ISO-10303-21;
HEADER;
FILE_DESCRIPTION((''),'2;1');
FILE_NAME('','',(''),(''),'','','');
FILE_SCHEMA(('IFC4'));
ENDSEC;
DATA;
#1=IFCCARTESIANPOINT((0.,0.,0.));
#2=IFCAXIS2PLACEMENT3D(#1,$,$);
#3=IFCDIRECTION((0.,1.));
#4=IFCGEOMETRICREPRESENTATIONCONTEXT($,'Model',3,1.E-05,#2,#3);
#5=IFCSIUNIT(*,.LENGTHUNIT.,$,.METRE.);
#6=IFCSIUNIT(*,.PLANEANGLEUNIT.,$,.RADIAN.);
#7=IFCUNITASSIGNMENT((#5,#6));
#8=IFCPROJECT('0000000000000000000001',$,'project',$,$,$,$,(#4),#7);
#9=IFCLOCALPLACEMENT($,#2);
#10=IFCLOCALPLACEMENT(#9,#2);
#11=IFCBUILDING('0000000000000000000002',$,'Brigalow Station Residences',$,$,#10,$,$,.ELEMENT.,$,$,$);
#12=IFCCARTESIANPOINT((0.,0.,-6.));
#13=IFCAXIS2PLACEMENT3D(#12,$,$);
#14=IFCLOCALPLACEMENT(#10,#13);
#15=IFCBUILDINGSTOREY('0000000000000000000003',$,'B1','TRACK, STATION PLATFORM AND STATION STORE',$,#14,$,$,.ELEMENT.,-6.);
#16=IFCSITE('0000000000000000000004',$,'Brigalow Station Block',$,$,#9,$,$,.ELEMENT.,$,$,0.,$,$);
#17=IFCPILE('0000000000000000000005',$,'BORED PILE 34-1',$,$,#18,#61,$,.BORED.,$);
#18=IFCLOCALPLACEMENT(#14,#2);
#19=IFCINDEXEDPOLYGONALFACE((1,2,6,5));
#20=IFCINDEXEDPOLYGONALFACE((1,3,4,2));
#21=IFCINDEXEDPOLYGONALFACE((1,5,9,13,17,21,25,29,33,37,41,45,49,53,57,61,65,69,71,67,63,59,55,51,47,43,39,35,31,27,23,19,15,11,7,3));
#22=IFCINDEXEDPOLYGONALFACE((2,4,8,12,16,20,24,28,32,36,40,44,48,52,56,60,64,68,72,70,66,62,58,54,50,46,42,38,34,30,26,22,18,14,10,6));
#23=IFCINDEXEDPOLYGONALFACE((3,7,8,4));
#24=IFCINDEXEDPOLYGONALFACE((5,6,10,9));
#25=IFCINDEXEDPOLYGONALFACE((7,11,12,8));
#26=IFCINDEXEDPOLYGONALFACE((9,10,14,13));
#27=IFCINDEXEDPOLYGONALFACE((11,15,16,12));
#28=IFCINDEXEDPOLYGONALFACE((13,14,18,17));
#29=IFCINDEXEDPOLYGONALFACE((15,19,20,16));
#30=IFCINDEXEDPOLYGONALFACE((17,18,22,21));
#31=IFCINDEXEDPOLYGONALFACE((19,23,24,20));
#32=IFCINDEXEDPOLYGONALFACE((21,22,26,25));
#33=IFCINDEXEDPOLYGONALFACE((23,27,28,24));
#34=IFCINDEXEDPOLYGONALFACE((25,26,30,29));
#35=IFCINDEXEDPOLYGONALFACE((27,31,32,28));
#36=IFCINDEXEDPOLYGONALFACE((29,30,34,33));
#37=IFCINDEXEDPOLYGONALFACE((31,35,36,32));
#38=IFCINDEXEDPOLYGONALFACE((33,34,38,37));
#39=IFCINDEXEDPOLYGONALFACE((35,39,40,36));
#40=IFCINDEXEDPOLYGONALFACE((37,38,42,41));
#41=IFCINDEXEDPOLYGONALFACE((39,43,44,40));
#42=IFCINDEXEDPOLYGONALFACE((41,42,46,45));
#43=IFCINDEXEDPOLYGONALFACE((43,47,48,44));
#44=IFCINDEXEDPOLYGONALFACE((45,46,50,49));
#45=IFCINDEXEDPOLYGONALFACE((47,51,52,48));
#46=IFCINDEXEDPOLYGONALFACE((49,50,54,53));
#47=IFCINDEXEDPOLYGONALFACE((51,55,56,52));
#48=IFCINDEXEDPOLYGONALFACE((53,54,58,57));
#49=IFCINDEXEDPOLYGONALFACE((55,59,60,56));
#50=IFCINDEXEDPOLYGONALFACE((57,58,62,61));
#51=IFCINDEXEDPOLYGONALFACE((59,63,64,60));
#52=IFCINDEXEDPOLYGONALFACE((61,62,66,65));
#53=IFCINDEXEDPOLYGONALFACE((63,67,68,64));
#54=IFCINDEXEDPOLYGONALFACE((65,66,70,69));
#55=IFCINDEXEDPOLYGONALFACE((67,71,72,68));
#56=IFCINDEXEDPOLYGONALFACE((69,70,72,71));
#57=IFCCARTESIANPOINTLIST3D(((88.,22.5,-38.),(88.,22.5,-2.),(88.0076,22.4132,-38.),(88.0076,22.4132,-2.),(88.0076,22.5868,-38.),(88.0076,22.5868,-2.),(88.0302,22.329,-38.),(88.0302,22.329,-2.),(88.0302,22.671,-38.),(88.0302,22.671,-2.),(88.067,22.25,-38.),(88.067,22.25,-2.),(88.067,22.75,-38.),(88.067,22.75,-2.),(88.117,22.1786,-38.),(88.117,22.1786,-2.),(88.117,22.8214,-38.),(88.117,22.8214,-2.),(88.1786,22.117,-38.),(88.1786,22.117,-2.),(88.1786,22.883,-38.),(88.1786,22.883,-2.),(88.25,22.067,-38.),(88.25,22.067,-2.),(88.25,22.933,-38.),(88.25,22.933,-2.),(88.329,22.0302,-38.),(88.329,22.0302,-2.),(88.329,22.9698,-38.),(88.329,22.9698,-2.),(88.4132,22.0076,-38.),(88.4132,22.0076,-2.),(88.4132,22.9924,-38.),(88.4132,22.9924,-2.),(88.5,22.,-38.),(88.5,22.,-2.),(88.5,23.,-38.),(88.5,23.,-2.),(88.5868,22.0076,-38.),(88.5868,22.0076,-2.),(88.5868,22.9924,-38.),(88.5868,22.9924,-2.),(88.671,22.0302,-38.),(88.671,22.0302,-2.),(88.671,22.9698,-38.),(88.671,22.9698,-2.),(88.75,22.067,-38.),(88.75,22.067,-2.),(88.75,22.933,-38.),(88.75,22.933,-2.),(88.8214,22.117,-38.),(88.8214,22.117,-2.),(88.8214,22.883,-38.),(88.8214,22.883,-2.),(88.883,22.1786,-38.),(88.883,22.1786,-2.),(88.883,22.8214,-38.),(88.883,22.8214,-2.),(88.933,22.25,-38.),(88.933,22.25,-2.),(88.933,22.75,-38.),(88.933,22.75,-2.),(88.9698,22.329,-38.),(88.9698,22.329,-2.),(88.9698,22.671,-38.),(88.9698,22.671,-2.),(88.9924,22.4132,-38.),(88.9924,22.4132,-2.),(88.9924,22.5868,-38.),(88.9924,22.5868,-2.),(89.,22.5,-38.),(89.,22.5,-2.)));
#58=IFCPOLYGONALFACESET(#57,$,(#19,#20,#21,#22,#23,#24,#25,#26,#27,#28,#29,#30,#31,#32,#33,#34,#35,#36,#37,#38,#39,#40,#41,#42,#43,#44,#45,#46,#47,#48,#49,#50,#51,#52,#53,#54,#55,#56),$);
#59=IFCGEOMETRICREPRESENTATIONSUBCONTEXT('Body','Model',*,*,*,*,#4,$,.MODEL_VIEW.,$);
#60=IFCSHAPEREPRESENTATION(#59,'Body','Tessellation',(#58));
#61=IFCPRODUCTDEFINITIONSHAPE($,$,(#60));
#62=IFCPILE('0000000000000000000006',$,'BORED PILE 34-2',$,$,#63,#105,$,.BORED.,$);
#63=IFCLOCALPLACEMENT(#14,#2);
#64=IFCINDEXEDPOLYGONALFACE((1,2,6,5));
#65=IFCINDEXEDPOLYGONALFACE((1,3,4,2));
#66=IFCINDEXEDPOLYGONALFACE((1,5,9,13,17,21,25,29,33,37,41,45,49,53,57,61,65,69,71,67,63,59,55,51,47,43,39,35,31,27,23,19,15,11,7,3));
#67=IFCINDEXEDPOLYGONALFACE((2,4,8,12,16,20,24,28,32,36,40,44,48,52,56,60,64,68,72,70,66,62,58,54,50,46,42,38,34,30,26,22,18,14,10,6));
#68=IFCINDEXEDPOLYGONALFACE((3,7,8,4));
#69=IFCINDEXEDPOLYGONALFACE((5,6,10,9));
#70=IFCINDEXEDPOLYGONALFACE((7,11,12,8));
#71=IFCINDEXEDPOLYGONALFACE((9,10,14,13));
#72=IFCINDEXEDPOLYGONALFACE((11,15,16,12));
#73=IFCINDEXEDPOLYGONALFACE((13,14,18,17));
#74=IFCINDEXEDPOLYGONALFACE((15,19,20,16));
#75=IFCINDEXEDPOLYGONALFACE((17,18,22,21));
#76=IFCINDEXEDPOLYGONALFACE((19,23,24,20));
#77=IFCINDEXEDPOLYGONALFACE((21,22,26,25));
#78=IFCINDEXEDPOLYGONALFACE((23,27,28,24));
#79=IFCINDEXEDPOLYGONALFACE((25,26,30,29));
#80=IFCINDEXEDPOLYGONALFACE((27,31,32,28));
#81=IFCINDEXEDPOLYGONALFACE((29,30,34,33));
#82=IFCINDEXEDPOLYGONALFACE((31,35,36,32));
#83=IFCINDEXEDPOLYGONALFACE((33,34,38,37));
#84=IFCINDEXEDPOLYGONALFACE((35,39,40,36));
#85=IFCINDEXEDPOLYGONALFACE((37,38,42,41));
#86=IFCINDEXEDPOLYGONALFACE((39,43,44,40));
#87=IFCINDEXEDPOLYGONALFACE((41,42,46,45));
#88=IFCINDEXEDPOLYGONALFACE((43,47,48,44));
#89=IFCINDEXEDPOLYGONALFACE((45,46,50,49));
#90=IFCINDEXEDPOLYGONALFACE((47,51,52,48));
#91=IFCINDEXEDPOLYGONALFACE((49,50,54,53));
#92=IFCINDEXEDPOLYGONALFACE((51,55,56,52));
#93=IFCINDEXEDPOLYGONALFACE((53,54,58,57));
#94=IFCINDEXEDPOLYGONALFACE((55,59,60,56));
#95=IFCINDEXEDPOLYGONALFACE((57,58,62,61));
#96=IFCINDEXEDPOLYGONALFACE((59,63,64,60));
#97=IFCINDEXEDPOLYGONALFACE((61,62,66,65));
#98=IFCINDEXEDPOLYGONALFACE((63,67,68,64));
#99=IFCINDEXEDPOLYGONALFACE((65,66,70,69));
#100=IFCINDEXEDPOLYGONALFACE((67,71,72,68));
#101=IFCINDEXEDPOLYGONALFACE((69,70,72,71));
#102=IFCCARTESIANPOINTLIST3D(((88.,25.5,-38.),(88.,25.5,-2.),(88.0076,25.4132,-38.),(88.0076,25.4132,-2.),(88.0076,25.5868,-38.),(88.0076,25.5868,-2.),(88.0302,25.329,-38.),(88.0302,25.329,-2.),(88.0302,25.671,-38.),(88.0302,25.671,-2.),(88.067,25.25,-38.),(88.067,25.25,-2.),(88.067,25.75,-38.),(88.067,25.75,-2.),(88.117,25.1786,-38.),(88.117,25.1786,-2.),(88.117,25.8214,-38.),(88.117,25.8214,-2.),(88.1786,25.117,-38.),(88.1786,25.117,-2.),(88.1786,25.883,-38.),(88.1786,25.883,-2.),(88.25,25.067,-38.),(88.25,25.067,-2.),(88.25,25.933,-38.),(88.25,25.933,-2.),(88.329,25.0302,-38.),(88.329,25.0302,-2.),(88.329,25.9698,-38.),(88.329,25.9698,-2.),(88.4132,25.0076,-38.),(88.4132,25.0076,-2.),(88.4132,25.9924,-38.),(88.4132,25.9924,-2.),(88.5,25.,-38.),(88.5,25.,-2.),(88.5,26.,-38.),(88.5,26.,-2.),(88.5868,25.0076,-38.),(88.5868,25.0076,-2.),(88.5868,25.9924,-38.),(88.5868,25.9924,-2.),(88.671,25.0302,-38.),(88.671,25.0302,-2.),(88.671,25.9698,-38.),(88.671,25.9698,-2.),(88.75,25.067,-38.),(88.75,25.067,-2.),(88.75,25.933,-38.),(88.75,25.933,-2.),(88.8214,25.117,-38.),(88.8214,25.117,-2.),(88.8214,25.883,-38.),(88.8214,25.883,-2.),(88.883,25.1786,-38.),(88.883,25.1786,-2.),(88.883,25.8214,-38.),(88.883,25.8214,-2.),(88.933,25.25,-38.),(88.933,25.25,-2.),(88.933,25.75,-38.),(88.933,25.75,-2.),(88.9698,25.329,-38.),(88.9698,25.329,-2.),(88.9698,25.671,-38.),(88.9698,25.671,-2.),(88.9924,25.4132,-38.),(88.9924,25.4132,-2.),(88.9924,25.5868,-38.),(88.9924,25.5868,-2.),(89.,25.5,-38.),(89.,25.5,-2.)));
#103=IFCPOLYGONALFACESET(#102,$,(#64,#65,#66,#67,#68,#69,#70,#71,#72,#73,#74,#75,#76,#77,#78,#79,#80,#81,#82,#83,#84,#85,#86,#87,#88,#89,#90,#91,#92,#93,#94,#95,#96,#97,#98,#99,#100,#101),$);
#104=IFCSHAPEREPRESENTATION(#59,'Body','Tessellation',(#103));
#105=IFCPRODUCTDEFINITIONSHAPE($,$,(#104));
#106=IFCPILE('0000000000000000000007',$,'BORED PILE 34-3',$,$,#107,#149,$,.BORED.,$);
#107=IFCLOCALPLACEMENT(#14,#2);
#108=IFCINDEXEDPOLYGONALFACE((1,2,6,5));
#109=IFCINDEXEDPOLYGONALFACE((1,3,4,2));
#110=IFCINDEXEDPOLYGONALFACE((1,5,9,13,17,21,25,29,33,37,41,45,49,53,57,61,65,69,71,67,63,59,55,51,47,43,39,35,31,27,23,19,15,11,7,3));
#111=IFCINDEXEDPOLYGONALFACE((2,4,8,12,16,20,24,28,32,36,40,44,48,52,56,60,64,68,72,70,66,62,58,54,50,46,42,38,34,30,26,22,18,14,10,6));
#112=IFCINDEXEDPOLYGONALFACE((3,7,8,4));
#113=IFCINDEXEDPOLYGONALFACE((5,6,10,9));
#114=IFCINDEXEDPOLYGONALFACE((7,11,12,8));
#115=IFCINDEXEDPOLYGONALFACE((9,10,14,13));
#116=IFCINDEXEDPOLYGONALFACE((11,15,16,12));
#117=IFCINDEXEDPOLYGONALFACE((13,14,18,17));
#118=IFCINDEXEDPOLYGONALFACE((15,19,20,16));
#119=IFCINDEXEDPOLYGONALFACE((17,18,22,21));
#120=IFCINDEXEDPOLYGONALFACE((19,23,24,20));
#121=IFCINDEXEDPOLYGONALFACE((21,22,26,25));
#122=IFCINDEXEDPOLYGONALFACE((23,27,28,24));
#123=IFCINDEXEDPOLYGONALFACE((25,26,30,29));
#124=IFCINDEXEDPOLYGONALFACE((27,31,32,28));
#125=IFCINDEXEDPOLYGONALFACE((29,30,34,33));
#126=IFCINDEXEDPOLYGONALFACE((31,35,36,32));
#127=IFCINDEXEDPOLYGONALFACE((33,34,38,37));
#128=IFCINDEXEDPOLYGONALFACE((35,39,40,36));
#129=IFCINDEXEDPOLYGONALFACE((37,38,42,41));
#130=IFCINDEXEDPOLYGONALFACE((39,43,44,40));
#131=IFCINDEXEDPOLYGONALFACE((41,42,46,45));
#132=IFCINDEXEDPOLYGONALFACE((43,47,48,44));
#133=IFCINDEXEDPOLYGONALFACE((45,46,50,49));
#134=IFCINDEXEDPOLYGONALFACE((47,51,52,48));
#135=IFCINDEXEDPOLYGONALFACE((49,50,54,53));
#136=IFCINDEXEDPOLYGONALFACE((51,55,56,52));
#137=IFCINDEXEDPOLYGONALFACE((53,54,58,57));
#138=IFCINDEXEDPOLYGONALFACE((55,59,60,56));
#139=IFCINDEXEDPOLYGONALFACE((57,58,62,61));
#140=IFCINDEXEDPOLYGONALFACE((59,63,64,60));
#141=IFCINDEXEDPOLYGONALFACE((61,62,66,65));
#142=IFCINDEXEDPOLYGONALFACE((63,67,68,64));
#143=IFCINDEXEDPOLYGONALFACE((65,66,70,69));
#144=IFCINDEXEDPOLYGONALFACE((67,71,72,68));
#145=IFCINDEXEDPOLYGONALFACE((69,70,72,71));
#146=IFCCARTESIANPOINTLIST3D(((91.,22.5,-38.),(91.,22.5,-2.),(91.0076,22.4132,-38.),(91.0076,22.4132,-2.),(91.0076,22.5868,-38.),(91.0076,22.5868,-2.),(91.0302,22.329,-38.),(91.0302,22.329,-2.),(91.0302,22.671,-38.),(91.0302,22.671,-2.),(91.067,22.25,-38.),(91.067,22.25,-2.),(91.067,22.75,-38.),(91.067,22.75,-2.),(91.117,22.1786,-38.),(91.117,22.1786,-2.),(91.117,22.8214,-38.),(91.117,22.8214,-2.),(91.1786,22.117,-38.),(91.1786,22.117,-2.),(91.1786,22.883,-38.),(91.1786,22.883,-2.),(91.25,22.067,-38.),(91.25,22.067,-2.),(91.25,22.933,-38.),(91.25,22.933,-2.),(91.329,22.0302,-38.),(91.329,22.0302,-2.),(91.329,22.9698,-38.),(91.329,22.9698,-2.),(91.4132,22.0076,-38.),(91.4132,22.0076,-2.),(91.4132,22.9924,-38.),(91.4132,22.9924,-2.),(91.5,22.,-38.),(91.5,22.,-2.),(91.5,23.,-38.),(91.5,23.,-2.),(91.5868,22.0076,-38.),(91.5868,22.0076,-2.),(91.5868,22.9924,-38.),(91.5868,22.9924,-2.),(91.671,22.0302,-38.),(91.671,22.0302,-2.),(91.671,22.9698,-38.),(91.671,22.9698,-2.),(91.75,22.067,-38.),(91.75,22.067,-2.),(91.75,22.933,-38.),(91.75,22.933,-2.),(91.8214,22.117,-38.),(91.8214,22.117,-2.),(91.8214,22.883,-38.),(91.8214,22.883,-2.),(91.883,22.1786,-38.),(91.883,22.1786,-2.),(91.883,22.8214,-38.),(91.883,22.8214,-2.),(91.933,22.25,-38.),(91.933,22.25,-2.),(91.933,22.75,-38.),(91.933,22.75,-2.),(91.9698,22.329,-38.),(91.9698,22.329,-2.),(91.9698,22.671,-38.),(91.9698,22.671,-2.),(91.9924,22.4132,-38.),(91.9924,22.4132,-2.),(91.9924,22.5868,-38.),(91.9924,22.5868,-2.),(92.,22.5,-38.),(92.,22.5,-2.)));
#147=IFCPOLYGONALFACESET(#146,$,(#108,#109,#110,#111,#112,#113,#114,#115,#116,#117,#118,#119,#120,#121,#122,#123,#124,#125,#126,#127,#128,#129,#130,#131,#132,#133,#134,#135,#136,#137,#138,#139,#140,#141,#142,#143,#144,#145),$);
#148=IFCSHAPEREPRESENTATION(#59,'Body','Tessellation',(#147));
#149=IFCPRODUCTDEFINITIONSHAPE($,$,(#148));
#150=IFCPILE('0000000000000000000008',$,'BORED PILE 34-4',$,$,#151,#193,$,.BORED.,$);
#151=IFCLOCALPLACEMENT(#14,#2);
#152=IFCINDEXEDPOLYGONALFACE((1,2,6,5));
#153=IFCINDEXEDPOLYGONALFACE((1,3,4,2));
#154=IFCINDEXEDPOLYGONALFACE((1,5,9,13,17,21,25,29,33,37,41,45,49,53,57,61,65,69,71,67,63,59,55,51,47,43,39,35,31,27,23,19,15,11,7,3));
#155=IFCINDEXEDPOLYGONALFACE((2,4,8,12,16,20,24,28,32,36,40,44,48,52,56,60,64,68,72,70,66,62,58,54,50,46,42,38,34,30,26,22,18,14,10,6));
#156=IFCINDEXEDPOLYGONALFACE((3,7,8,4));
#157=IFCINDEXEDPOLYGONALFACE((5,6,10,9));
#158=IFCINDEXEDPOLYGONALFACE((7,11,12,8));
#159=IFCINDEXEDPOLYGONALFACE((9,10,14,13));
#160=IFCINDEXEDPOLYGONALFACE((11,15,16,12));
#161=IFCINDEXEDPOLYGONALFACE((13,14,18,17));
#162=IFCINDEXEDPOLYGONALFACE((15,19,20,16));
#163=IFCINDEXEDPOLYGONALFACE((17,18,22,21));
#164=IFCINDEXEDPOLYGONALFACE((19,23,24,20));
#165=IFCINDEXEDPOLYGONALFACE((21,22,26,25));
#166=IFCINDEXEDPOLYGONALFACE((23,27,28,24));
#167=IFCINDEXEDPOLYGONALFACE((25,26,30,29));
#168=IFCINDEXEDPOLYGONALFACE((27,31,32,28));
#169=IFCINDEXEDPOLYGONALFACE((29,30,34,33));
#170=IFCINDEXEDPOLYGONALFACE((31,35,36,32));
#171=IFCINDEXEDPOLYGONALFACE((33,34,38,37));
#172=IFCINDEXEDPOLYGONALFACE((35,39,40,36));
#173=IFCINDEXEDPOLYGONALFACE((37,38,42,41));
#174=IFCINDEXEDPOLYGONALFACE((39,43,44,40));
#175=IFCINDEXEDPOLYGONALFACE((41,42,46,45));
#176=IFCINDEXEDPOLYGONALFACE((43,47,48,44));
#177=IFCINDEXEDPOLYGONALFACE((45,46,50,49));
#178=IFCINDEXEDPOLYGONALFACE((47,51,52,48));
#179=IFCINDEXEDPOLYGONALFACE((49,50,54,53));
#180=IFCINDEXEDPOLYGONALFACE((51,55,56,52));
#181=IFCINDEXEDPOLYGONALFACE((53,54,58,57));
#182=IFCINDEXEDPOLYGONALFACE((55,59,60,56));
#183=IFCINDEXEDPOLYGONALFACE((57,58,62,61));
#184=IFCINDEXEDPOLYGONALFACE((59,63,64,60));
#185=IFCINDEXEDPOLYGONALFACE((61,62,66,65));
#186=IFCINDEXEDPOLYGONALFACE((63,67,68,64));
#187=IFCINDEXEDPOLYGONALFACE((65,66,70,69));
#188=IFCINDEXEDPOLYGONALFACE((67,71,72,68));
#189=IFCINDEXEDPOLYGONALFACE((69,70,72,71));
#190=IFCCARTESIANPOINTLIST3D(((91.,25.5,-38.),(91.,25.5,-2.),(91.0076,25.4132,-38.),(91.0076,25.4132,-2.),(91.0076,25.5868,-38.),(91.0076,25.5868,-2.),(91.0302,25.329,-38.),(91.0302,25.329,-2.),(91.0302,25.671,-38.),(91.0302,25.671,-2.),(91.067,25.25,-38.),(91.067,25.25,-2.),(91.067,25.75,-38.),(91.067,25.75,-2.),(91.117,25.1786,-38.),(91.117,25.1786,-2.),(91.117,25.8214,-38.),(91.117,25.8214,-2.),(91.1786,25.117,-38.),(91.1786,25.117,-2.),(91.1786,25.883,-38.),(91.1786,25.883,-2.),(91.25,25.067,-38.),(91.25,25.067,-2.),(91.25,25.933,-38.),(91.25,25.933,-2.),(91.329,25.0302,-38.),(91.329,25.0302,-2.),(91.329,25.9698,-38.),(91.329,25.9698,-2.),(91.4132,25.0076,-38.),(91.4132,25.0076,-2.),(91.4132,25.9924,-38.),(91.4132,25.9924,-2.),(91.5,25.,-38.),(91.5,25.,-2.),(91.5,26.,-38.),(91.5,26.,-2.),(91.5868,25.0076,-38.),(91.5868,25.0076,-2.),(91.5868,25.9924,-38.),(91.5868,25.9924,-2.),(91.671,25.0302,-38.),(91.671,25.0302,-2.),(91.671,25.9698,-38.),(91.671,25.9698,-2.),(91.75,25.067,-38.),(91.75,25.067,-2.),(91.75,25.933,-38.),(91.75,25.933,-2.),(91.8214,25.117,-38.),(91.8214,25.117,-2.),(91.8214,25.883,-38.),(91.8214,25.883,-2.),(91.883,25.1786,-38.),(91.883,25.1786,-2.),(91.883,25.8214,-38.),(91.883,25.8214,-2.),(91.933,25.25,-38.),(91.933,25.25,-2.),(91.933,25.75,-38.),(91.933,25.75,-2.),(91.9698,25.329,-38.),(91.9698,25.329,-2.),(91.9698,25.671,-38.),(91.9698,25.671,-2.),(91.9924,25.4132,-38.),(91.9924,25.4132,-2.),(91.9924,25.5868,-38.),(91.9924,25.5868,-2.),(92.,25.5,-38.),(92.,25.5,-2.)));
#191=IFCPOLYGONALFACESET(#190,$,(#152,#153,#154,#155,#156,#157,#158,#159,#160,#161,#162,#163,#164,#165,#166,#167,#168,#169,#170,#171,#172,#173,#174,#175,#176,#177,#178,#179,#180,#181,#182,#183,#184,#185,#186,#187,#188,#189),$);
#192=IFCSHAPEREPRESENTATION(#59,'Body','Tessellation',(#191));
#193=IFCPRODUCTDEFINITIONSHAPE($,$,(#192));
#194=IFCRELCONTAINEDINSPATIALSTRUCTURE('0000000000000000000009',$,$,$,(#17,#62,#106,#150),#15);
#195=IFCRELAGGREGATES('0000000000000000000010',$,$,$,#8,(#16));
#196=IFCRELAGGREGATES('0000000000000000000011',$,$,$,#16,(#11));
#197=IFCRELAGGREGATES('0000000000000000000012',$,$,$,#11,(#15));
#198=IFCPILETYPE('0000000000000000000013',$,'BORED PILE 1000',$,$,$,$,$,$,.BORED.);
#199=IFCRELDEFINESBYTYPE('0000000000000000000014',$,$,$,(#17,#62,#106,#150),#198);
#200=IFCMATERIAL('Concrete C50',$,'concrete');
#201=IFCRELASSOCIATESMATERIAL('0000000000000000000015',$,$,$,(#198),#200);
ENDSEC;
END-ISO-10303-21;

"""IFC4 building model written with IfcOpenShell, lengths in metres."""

from ifc_helpers import new_model, si_unit, direction, frame, origin, origin_2d, place, context, subcontext, project, spatial, circle, extrude, material, material_profile, profile_set, type_object, element, save


model = new_model("IFC4")

# Units and contexts
model_context = context("Model", 3, precision=1e-05, world=origin(), true_north=direction((0.0, 1.0)))
body_context = subcontext(model_context, "Body", "Model", "MODEL_VIEW")
ifc_project = project(units=[si_unit("LENGTHUNIT", "METRE"), si_unit("PLANEANGLEUNIT", "RADIAN")], contexts=[model_context])

# Site, building, storey
site_placement = place(None, origin())
site = spatial("IfcSite", under=ifc_project, at=site_placement, Name="Brigalow Station Block", CompositionType="ELEMENT", RefElevation=0.0)
building_placement = place(site_placement, origin())
building = spatial("IfcBuilding", under=site, at=building_placement, Name="Brigalow Station Residences", CompositionType="ELEMENT")
storey_placement = place(building_placement, frame((0.0, 0.0, -6.0)))
storey = spatial("IfcBuildingStorey", under=building, at=storey_placement, Name="B1", Description="TRACK, STATION PLATFORM AND STATION STORE", CompositionType="ELEMENT", Elevation=-6.0)

# Piles
ifc_material_1 = material(Name="Concrete C50", Category="concrete")
ifc_material_profile_1 = material_profile(ifc_material_1, circle(Radius=0.5, at=origin_2d()), Name="BP1000")
ifc_profile_set_1 = profile_set([ifc_material_profile_1], Name="Concrete C50")
pile_type_1 = type_object("IfcPileType", Name="BORED PILE 1000", PredefinedType="BORED", material=ifc_profile_set_1)
for number, where, z_axis, x_axis, name in (
    (1, (88.5, 22.5, -2.0), (0.0, 0.0, -1.0), (1.0, 0.0, 0.0), "BORED PILE 34-1"),
    (2, (88.5, 25.5, -2.0), (0.0, 0.0, -1.0), (1.0, 0.0, 0.0), "BORED PILE 34-2"),
    (3, (91.5, 22.5, -2.0), (0.0, 0.0, -1.0), (1.0, 0.0, 0.0), "BORED PILE 34-3"),
    (4, (91.5, 25.5, -2.0), (0.0, 0.0, -1.0), (1.0, 0.0, 0.0), "BORED PILE 34-4"),
):
    element("IfcPile", number, at=place(storey_placement, frame(where, z_axis=z_axis, x_axis=x_axis)), inside=storey, type_object=pile_type_1, Name=name, PredefinedType="BORED", context=body_context, shape_type="SweptSolid", body=[
        extrude(circle(Radius=0.5, at=origin_2d()), origin(), (0.0, 0.0, 1.0), 36.0),
    ])

save(model, "model.ifc")
